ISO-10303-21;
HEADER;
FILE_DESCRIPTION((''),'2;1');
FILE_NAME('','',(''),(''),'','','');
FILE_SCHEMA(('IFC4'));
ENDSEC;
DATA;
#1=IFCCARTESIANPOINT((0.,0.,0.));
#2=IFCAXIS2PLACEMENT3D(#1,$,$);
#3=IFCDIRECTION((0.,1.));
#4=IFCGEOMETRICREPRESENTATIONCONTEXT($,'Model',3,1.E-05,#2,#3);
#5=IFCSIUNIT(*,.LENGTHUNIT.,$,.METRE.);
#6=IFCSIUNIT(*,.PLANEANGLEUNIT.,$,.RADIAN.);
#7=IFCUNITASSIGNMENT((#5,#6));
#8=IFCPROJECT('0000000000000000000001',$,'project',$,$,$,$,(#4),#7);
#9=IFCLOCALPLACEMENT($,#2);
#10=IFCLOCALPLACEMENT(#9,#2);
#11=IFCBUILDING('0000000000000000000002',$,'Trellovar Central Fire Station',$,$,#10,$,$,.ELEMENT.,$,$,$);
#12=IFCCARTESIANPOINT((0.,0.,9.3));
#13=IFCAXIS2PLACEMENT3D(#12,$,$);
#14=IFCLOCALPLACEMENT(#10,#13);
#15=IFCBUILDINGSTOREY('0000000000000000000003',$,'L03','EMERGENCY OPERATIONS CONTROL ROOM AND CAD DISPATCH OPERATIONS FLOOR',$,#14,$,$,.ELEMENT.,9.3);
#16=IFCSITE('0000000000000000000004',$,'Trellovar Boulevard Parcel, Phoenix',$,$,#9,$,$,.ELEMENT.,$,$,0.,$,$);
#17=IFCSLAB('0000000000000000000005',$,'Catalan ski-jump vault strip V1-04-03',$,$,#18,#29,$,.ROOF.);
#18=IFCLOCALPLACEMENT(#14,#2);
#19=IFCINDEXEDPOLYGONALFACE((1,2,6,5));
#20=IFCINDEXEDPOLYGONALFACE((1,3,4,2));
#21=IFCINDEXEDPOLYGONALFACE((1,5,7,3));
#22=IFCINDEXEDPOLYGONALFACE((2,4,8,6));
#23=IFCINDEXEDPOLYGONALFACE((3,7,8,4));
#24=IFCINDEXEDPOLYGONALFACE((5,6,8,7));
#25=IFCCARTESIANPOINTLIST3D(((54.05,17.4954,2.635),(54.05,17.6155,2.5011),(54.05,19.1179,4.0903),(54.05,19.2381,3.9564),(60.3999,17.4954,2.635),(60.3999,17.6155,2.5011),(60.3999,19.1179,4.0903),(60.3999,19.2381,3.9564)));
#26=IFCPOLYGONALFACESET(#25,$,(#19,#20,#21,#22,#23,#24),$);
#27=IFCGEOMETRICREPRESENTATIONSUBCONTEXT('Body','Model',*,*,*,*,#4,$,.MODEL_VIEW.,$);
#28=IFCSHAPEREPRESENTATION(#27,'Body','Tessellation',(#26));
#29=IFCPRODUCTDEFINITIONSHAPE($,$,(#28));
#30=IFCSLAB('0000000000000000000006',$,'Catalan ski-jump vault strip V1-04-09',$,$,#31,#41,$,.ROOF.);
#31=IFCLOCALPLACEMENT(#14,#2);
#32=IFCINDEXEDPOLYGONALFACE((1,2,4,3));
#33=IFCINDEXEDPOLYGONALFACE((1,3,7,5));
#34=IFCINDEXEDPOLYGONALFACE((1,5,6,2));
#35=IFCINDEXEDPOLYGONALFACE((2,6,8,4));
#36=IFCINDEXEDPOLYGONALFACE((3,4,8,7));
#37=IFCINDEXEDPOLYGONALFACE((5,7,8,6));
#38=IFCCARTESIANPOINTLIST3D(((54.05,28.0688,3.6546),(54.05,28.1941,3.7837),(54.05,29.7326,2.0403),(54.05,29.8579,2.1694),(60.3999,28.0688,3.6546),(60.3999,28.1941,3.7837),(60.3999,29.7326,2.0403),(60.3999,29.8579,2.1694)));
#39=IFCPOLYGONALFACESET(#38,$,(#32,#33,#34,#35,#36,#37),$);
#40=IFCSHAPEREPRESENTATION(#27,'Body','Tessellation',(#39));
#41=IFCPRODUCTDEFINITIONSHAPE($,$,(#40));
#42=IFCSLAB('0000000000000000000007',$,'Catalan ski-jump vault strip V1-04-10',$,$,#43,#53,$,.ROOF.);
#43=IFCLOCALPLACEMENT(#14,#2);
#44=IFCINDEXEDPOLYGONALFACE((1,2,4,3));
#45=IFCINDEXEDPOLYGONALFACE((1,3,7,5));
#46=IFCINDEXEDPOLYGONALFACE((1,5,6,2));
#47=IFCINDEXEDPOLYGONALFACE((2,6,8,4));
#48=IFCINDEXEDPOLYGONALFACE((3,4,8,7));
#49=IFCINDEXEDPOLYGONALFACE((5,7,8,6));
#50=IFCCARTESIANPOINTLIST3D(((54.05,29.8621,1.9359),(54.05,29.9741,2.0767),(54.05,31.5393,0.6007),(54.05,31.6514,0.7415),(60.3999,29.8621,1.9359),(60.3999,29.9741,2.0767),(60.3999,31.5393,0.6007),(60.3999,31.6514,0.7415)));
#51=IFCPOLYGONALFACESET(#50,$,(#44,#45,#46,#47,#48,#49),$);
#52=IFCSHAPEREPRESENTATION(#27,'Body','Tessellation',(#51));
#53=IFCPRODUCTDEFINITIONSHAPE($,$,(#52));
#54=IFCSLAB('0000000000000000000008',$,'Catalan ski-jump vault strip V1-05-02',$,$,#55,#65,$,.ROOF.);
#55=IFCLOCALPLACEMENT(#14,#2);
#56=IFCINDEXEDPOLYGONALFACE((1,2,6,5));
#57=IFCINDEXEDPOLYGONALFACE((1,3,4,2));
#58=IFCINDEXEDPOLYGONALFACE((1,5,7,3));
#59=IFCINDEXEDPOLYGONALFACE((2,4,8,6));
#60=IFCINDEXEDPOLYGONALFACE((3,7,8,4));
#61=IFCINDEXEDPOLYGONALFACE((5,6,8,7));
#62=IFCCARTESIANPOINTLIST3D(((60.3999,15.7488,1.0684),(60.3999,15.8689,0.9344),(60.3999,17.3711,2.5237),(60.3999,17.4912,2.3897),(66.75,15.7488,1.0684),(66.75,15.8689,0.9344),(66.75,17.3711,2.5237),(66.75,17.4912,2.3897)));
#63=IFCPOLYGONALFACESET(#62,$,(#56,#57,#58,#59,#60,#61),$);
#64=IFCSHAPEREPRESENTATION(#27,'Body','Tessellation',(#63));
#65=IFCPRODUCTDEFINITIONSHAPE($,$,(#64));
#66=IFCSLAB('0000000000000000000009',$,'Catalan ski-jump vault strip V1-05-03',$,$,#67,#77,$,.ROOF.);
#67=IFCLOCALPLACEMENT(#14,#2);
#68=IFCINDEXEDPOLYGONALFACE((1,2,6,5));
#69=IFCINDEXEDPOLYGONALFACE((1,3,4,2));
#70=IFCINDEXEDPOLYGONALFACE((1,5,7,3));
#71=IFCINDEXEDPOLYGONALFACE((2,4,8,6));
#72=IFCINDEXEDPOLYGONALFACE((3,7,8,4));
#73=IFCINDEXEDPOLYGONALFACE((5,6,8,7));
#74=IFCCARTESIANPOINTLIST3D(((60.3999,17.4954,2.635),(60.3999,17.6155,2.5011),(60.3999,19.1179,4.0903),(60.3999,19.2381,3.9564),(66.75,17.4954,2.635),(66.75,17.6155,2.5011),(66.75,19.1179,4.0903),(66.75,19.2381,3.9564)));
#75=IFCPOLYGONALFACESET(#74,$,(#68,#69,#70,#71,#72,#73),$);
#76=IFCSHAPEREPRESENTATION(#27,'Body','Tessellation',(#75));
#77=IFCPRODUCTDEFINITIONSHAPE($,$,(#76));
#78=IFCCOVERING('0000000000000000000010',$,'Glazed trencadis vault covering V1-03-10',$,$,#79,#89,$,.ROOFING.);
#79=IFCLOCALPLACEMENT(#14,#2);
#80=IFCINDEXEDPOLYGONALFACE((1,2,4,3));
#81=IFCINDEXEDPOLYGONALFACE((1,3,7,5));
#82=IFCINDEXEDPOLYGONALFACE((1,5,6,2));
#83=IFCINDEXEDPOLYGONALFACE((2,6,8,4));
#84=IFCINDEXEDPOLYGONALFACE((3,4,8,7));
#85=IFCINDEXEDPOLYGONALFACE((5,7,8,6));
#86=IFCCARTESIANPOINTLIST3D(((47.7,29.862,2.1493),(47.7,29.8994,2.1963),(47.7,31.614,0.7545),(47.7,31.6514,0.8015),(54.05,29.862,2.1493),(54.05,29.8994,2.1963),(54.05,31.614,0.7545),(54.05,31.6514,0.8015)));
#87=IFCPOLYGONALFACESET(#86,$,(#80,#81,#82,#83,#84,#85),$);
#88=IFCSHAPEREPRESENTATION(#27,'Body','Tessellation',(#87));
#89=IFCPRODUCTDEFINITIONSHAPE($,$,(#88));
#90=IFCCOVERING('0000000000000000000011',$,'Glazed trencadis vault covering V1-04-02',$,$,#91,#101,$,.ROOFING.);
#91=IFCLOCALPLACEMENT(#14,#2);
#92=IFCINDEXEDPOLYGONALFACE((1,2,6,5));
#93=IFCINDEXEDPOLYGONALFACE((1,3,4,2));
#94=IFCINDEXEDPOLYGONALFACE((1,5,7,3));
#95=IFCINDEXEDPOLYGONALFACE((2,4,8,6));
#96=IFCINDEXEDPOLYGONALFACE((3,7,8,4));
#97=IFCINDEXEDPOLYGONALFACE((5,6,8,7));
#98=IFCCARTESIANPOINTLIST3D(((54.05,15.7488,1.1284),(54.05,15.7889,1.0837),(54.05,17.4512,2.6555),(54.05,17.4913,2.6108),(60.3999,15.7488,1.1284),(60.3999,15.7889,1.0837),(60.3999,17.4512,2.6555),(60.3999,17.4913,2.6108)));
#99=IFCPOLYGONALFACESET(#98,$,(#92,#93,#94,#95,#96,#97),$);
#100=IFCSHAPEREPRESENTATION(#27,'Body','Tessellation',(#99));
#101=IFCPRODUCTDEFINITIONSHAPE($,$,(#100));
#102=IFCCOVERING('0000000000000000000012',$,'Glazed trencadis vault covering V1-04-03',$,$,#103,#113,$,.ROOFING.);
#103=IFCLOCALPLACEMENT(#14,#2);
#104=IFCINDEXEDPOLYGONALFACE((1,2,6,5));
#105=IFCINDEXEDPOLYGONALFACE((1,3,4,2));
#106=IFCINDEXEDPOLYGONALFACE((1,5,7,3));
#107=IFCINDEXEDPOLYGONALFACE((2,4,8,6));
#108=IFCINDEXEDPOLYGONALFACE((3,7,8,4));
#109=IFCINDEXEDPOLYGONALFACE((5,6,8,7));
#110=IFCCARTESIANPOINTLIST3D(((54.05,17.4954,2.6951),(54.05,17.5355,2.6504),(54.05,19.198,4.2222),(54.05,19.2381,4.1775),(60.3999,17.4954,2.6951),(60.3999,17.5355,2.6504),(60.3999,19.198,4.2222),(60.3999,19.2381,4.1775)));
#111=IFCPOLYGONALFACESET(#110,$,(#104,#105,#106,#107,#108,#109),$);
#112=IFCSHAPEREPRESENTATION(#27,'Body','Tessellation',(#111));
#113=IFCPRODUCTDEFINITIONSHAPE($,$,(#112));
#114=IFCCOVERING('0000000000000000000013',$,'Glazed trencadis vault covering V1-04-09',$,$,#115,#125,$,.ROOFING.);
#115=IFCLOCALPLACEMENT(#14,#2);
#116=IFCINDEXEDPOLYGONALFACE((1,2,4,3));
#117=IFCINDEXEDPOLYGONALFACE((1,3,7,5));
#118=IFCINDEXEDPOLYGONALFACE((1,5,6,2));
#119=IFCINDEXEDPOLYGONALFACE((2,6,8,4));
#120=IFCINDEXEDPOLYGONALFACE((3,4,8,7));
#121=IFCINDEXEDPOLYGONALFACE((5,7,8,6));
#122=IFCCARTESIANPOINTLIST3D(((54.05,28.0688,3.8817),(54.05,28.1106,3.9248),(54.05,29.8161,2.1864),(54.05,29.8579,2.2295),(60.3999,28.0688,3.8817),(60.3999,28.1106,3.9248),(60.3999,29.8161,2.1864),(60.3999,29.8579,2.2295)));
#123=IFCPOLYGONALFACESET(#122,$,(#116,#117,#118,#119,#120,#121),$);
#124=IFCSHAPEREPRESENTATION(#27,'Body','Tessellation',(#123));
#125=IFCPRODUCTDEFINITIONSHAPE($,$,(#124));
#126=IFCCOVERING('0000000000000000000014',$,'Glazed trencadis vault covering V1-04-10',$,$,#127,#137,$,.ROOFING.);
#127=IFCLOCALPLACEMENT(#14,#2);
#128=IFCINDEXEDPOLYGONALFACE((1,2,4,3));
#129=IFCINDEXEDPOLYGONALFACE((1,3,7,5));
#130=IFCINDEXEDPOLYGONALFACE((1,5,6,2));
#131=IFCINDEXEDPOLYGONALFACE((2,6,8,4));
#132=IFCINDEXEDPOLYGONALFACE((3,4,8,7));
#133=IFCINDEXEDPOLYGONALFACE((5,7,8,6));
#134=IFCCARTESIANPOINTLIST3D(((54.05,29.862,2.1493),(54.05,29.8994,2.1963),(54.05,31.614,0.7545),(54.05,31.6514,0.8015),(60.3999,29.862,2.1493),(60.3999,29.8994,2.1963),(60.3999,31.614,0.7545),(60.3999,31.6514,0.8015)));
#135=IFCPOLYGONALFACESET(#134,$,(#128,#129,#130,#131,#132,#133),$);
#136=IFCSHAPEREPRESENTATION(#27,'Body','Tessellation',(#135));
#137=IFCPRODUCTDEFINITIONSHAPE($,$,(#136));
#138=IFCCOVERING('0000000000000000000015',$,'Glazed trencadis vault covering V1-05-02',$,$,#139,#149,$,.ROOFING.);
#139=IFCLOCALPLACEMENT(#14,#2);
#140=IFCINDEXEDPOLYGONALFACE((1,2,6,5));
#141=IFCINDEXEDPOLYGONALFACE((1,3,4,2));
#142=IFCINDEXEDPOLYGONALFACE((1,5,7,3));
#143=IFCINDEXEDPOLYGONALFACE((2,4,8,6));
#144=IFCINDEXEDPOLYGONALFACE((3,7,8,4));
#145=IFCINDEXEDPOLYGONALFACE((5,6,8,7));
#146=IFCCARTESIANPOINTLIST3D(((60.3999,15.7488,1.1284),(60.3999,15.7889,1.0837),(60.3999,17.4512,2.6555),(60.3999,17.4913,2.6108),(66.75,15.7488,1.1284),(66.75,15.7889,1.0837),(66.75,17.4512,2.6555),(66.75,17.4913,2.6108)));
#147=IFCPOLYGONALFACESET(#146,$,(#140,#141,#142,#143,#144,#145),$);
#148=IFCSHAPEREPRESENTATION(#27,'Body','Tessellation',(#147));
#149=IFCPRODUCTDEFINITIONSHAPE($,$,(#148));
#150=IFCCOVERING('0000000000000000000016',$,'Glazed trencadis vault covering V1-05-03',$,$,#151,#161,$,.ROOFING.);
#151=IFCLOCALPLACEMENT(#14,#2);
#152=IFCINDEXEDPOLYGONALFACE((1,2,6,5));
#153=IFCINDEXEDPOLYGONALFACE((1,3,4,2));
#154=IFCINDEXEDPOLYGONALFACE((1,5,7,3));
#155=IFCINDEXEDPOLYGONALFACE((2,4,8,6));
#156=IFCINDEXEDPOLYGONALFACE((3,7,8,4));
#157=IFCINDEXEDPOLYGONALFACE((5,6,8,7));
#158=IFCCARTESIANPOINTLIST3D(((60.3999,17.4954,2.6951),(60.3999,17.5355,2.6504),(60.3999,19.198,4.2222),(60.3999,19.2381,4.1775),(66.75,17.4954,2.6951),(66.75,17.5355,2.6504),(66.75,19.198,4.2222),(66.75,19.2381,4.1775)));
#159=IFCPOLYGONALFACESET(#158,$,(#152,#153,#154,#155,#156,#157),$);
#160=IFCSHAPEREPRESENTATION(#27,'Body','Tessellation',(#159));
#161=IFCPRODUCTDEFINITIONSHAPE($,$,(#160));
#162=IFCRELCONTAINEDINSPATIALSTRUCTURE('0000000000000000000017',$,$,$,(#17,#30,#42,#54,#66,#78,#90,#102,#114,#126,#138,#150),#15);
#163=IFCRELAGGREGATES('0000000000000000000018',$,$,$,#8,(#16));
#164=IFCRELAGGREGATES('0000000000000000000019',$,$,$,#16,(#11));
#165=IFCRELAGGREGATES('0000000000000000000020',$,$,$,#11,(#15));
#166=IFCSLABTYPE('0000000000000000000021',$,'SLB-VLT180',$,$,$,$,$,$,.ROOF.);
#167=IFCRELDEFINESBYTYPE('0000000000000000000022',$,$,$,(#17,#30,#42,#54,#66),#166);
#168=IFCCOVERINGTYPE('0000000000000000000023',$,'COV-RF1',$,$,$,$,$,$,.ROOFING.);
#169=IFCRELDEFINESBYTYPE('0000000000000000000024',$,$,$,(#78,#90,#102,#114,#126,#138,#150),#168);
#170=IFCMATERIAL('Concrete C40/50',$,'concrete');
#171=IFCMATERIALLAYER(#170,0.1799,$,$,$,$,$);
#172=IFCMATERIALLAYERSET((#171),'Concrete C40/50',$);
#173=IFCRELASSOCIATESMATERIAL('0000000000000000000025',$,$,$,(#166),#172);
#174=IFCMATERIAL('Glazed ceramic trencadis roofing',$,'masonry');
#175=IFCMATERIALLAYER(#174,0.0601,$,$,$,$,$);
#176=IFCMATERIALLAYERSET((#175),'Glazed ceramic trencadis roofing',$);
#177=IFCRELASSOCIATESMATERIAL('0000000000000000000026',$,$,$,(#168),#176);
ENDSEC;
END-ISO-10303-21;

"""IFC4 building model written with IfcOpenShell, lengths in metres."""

from ifc_helpers import new_model, si_unit, direction, frame, origin, place, context, subcontext, project, spatial, polyline, outline, extrude, material, layer, layer_set, type_object, element, save


model = new_model("IFC4")

# Units and contexts
model_context = context("Model", 3, precision=1e-05, world=origin(), true_north=direction((0.0, 1.0)))
body_context = subcontext(model_context, "Body", "Model", "MODEL_VIEW")
ifc_project = project(units=[si_unit("LENGTHUNIT", "METRE"), si_unit("PLANEANGLEUNIT", "RADIAN")], contexts=[model_context])

# Site, building, storey
site_placement = place(None, origin())
site = spatial("IfcSite", under=ifc_project, at=site_placement, Name="Trellovar Boulevard Parcel, Phoenix", CompositionType="ELEMENT", RefElevation=0.0)
building_placement = place(site_placement, origin())
building = spatial("IfcBuilding", under=site, at=building_placement, Name="Trellovar Central Fire Station", CompositionType="ELEMENT")
storey_placement = place(building_placement, frame((0.0, 0.0, 9.3)))
storey = spatial("IfcBuildingStorey", under=building, at=storey_placement, Name="L03", Description="EMERGENCY OPERATIONS CONTROL ROOM AND CAD DISPATCH OPERATIONS FLOOR", CompositionType="ELEMENT", Elevation=9.3)

# Slabs
ifc_material_1 = material(Name="Concrete C40/50", Category="concrete")
ifc_layer_1 = layer(ifc_material_1, 0.1799)
ifc_layer_set_1 = layer_set([ifc_layer_1], Name="Concrete C40/50")
slab_type = type_object("IfcSlabType", Name="SLB-VLT180", PredefinedType="ROOF", material=ifc_layer_set_1)
slab_1_placement = place(storey_placement, frame((54.05, 17.4954, 2.635), z_axis=(0.0, -0.667701, 0.744429), x_axis=(1.0, 0.0, 0.0)))
element("IfcSlab", 1, at=slab_1_placement, inside=storey, type_object=slab_type, Name="Catalan ski-jump vault strip V1-04-03", PredefinedType="ROOF", context=body_context, shape_type="SweptSolid", body=[
    extrude(outline(polyline([(0.0, 0.0), (6.3499, 0.0), (6.3499, 2.1796), (0.0, 2.1796), (0.0, 0.0)])), origin(), (0.0, 0.0, -1.0), 0.1799),
])
slab_2_placement = place(storey_placement, frame((54.05, 28.1941, 3.7837), z_axis=(0.0, 0.696337, 0.717715), x_axis=(1.0, 0.0, 0.0)))
element("IfcSlab", 2, at=slab_2_placement, inside=storey, type_object=slab_type, Name="Catalan ski-jump vault strip V1-04-09", PredefinedType="ROOF", context=body_context, shape_type="SweptSolid", body=[
    extrude(outline(polyline([(0.0, 0.0), (6.3499, 0.0), (6.3499, 2.3182), (0.0, 2.3182), (0.0, 0.0)])), origin(), (0.0, 0.0, -1.0), 0.1799),
])
slab_3_placement = place(storey_placement, frame((54.05, 29.9741, 2.0767), z_axis=(0.0, 0.622818, 0.782366), x_axis=(1.0, 0.0, 0.0)))
element("IfcSlab", 3, at=slab_3_placement, inside=storey, type_object=slab_type, Name="Catalan ski-jump vault strip V1-04-10", PredefinedType="ROOF", context=body_context, shape_type="SweptSolid", body=[
    extrude(outline(polyline([(0.0, 0.0), (6.3499, 0.0), (6.3499, 2.1438), (0.0, 2.1438), (0.0, 0.0)])), origin(), (0.0, 0.0, -1.0), 0.1799),
])
slab_4_placement = place(storey_placement, frame((60.3999, 15.7488, 1.0684), z_axis=(0.0, -0.667757, 0.744379), x_axis=(1.0, 0.0, 0.0)))
element("IfcSlab", 4, at=slab_4_placement, inside=storey, type_object=slab_type, Name="Catalan ski-jump vault strip V1-05-02", PredefinedType="ROOF", context=body_context, shape_type="SweptSolid", body=[
    extrude(outline(polyline([(0.0, 0.0), (6.3501, 0.0), (6.3501, 2.1794), (0.0, 2.1794), (0.0, 0.0)])), origin(), (0.0, 0.0, -1.0), 0.1799),
])
slab_5_placement = place(storey_placement, frame((60.3999, 17.4954, 2.635), z_axis=(0.0, -0.667701, 0.744429), x_axis=(1.0, 0.0, 0.0)))
element("IfcSlab", 5, at=slab_5_placement, inside=storey, type_object=slab_type, Name="Catalan ski-jump vault strip V1-05-03", PredefinedType="ROOF", context=body_context, shape_type="SweptSolid", body=[
    extrude(outline(polyline([(0.0, 0.0), (6.3501, 0.0), (6.3501, 2.1796), (0.0, 2.1796), (0.0, 0.0)])), origin(), (0.0, 0.0, -1.0), 0.1799),
])

# Coverings
ifc_material_2 = material(Name="Glazed ceramic trencadis roofing", Category="masonry")
ifc_layer_2 = layer(ifc_material_2, 0.0601)
ifc_layer_set_2 = layer_set([ifc_layer_2], Name="Glazed ceramic trencadis roofing")
covering_type = type_object("IfcCoveringType", Name="COV-RF1", PredefinedType="ROOFING", material=ifc_layer_set_2)
covering_1_placement = place(storey_placement, frame((47.7, 29.8994, 2.1963), z_axis=(0.0, 0.622845, 0.782345), x_axis=(1.0, 0.0, 0.0)))
element("IfcCovering", 6, at=covering_1_placement, inside=storey, type_object=covering_type, Name="Glazed trencadis vault covering V1-03-10", PredefinedType="ROOFING", context=body_context, shape_type="SweptSolid", body=[
    extrude(outline(polyline([(0.0, 0.0), (6.3501, 0.0), (6.3501, 2.2394), (0.0, 2.2394), (0.0, 0.0)])), origin(), (0.0, 0.0, -1.0), 0.0601),
])
covering_2_placement = place(storey_placement, frame((54.05, 15.7488, 1.1284), z_axis=(0.0, -0.667743, 0.744392), x_axis=(1.0, 0.0, 0.0)))
element("IfcCovering", 7, at=covering_2_placement, inside=storey, type_object=covering_type, Name="Glazed trencadis vault covering V1-04-02", PredefinedType="ROOFING", context=body_context, shape_type="SweptSolid", body=[
    extrude(outline(polyline([(0.0, 0.0), (6.3499, 0.0), (6.3499, 2.287), (0.0, 2.287), (0.0, 0.0)])), origin(), (0.0, 0.0, -1.0), 0.0601),
])
covering_3_placement = place(storey_placement, frame((54.05, 17.4954, 2.6951), z_axis=(0.0, -0.66769, 0.74444), x_axis=(1.0, 0.0, 0.0)))
element("IfcCovering", 8, at=covering_3_placement, inside=storey, type_object=covering_type, Name="Glazed trencadis vault covering V1-04-03", PredefinedType="ROOFING", context=body_context, shape_type="SweptSolid", body=[
    extrude(outline(polyline([(0.0, 0.0), (6.3499, 0.0), (6.3499, 2.2871), (0.0, 2.2871), (0.0, 0.0)])), origin(), (0.0, 0.0, -1.0), 0.0601),
])
covering_4_placement = place(storey_placement, frame((54.05, 28.1106, 3.9248), z_axis=(0.0, 0.696346, 0.717706), x_axis=(1.0, 0.0, 0.0)))
element("IfcCovering", 9, at=covering_4_placement, inside=storey, type_object=covering_type, Name="Glazed trencadis vault covering V1-04-09", PredefinedType="ROOFING", context=body_context, shape_type="SweptSolid", body=[
    extrude(outline(polyline([(0.0, 0.0), (6.3499, 0.0), (6.3499, 2.4346), (0.0, 2.4346), (0.0, 0.0)])), origin(), (0.0, 0.0, -1.0), 0.0601),
])
covering_5_placement = place(storey_placement, frame((54.05, 29.8994, 2.1963), z_axis=(0.0, 0.622845, 0.782345), x_axis=(1.0, 0.0, 0.0)))
element("IfcCovering", 10, at=covering_5_placement, inside=storey, type_object=covering_type, Name="Glazed trencadis vault covering V1-04-10", PredefinedType="ROOFING", context=body_context, shape_type="SweptSolid", body=[
    extrude(outline(polyline([(0.0, 0.0), (6.3499, 0.0), (6.3499, 2.2394), (0.0, 2.2394), (0.0, 0.0)])), origin(), (0.0, 0.0, -1.0), 0.0601),
])
covering_6_placement = place(storey_placement, frame((60.3999, 15.7488, 1.1284), z_axis=(0.0, -0.667743, 0.744392), x_axis=(1.0, 0.0, 0.0)))
element("IfcCovering", 11, at=covering_6_placement, inside=storey, type_object=covering_type, Name="Glazed trencadis vault covering V1-05-02", PredefinedType="ROOFING", context=body_context, shape_type="SweptSolid", body=[
    extrude(outline(polyline([(0.0, 0.0), (6.3501, 0.0), (6.3501, 2.287), (0.0, 2.287), (0.0, 0.0)])), origin(), (0.0, 0.0, -1.0), 0.0601),
])
covering_7_placement = place(storey_placement, frame((60.3999, 17.4954, 2.6951), z_axis=(0.0, -0.66769, 0.74444), x_axis=(1.0, 0.0, 0.0)))
element("IfcCovering", 12, at=covering_7_placement, inside=storey, type_object=covering_type, Name="Glazed trencadis vault covering V1-05-03", PredefinedType="ROOFING", context=body_context, shape_type="SweptSolid", body=[
    extrude(outline(polyline([(0.0, 0.0), (6.3501, 0.0), (6.3501, 2.2871), (0.0, 2.2871), (0.0, 0.0)])), origin(), (0.0, 0.0, -1.0), 0.0601),
])

save(model, "model.ifc")
